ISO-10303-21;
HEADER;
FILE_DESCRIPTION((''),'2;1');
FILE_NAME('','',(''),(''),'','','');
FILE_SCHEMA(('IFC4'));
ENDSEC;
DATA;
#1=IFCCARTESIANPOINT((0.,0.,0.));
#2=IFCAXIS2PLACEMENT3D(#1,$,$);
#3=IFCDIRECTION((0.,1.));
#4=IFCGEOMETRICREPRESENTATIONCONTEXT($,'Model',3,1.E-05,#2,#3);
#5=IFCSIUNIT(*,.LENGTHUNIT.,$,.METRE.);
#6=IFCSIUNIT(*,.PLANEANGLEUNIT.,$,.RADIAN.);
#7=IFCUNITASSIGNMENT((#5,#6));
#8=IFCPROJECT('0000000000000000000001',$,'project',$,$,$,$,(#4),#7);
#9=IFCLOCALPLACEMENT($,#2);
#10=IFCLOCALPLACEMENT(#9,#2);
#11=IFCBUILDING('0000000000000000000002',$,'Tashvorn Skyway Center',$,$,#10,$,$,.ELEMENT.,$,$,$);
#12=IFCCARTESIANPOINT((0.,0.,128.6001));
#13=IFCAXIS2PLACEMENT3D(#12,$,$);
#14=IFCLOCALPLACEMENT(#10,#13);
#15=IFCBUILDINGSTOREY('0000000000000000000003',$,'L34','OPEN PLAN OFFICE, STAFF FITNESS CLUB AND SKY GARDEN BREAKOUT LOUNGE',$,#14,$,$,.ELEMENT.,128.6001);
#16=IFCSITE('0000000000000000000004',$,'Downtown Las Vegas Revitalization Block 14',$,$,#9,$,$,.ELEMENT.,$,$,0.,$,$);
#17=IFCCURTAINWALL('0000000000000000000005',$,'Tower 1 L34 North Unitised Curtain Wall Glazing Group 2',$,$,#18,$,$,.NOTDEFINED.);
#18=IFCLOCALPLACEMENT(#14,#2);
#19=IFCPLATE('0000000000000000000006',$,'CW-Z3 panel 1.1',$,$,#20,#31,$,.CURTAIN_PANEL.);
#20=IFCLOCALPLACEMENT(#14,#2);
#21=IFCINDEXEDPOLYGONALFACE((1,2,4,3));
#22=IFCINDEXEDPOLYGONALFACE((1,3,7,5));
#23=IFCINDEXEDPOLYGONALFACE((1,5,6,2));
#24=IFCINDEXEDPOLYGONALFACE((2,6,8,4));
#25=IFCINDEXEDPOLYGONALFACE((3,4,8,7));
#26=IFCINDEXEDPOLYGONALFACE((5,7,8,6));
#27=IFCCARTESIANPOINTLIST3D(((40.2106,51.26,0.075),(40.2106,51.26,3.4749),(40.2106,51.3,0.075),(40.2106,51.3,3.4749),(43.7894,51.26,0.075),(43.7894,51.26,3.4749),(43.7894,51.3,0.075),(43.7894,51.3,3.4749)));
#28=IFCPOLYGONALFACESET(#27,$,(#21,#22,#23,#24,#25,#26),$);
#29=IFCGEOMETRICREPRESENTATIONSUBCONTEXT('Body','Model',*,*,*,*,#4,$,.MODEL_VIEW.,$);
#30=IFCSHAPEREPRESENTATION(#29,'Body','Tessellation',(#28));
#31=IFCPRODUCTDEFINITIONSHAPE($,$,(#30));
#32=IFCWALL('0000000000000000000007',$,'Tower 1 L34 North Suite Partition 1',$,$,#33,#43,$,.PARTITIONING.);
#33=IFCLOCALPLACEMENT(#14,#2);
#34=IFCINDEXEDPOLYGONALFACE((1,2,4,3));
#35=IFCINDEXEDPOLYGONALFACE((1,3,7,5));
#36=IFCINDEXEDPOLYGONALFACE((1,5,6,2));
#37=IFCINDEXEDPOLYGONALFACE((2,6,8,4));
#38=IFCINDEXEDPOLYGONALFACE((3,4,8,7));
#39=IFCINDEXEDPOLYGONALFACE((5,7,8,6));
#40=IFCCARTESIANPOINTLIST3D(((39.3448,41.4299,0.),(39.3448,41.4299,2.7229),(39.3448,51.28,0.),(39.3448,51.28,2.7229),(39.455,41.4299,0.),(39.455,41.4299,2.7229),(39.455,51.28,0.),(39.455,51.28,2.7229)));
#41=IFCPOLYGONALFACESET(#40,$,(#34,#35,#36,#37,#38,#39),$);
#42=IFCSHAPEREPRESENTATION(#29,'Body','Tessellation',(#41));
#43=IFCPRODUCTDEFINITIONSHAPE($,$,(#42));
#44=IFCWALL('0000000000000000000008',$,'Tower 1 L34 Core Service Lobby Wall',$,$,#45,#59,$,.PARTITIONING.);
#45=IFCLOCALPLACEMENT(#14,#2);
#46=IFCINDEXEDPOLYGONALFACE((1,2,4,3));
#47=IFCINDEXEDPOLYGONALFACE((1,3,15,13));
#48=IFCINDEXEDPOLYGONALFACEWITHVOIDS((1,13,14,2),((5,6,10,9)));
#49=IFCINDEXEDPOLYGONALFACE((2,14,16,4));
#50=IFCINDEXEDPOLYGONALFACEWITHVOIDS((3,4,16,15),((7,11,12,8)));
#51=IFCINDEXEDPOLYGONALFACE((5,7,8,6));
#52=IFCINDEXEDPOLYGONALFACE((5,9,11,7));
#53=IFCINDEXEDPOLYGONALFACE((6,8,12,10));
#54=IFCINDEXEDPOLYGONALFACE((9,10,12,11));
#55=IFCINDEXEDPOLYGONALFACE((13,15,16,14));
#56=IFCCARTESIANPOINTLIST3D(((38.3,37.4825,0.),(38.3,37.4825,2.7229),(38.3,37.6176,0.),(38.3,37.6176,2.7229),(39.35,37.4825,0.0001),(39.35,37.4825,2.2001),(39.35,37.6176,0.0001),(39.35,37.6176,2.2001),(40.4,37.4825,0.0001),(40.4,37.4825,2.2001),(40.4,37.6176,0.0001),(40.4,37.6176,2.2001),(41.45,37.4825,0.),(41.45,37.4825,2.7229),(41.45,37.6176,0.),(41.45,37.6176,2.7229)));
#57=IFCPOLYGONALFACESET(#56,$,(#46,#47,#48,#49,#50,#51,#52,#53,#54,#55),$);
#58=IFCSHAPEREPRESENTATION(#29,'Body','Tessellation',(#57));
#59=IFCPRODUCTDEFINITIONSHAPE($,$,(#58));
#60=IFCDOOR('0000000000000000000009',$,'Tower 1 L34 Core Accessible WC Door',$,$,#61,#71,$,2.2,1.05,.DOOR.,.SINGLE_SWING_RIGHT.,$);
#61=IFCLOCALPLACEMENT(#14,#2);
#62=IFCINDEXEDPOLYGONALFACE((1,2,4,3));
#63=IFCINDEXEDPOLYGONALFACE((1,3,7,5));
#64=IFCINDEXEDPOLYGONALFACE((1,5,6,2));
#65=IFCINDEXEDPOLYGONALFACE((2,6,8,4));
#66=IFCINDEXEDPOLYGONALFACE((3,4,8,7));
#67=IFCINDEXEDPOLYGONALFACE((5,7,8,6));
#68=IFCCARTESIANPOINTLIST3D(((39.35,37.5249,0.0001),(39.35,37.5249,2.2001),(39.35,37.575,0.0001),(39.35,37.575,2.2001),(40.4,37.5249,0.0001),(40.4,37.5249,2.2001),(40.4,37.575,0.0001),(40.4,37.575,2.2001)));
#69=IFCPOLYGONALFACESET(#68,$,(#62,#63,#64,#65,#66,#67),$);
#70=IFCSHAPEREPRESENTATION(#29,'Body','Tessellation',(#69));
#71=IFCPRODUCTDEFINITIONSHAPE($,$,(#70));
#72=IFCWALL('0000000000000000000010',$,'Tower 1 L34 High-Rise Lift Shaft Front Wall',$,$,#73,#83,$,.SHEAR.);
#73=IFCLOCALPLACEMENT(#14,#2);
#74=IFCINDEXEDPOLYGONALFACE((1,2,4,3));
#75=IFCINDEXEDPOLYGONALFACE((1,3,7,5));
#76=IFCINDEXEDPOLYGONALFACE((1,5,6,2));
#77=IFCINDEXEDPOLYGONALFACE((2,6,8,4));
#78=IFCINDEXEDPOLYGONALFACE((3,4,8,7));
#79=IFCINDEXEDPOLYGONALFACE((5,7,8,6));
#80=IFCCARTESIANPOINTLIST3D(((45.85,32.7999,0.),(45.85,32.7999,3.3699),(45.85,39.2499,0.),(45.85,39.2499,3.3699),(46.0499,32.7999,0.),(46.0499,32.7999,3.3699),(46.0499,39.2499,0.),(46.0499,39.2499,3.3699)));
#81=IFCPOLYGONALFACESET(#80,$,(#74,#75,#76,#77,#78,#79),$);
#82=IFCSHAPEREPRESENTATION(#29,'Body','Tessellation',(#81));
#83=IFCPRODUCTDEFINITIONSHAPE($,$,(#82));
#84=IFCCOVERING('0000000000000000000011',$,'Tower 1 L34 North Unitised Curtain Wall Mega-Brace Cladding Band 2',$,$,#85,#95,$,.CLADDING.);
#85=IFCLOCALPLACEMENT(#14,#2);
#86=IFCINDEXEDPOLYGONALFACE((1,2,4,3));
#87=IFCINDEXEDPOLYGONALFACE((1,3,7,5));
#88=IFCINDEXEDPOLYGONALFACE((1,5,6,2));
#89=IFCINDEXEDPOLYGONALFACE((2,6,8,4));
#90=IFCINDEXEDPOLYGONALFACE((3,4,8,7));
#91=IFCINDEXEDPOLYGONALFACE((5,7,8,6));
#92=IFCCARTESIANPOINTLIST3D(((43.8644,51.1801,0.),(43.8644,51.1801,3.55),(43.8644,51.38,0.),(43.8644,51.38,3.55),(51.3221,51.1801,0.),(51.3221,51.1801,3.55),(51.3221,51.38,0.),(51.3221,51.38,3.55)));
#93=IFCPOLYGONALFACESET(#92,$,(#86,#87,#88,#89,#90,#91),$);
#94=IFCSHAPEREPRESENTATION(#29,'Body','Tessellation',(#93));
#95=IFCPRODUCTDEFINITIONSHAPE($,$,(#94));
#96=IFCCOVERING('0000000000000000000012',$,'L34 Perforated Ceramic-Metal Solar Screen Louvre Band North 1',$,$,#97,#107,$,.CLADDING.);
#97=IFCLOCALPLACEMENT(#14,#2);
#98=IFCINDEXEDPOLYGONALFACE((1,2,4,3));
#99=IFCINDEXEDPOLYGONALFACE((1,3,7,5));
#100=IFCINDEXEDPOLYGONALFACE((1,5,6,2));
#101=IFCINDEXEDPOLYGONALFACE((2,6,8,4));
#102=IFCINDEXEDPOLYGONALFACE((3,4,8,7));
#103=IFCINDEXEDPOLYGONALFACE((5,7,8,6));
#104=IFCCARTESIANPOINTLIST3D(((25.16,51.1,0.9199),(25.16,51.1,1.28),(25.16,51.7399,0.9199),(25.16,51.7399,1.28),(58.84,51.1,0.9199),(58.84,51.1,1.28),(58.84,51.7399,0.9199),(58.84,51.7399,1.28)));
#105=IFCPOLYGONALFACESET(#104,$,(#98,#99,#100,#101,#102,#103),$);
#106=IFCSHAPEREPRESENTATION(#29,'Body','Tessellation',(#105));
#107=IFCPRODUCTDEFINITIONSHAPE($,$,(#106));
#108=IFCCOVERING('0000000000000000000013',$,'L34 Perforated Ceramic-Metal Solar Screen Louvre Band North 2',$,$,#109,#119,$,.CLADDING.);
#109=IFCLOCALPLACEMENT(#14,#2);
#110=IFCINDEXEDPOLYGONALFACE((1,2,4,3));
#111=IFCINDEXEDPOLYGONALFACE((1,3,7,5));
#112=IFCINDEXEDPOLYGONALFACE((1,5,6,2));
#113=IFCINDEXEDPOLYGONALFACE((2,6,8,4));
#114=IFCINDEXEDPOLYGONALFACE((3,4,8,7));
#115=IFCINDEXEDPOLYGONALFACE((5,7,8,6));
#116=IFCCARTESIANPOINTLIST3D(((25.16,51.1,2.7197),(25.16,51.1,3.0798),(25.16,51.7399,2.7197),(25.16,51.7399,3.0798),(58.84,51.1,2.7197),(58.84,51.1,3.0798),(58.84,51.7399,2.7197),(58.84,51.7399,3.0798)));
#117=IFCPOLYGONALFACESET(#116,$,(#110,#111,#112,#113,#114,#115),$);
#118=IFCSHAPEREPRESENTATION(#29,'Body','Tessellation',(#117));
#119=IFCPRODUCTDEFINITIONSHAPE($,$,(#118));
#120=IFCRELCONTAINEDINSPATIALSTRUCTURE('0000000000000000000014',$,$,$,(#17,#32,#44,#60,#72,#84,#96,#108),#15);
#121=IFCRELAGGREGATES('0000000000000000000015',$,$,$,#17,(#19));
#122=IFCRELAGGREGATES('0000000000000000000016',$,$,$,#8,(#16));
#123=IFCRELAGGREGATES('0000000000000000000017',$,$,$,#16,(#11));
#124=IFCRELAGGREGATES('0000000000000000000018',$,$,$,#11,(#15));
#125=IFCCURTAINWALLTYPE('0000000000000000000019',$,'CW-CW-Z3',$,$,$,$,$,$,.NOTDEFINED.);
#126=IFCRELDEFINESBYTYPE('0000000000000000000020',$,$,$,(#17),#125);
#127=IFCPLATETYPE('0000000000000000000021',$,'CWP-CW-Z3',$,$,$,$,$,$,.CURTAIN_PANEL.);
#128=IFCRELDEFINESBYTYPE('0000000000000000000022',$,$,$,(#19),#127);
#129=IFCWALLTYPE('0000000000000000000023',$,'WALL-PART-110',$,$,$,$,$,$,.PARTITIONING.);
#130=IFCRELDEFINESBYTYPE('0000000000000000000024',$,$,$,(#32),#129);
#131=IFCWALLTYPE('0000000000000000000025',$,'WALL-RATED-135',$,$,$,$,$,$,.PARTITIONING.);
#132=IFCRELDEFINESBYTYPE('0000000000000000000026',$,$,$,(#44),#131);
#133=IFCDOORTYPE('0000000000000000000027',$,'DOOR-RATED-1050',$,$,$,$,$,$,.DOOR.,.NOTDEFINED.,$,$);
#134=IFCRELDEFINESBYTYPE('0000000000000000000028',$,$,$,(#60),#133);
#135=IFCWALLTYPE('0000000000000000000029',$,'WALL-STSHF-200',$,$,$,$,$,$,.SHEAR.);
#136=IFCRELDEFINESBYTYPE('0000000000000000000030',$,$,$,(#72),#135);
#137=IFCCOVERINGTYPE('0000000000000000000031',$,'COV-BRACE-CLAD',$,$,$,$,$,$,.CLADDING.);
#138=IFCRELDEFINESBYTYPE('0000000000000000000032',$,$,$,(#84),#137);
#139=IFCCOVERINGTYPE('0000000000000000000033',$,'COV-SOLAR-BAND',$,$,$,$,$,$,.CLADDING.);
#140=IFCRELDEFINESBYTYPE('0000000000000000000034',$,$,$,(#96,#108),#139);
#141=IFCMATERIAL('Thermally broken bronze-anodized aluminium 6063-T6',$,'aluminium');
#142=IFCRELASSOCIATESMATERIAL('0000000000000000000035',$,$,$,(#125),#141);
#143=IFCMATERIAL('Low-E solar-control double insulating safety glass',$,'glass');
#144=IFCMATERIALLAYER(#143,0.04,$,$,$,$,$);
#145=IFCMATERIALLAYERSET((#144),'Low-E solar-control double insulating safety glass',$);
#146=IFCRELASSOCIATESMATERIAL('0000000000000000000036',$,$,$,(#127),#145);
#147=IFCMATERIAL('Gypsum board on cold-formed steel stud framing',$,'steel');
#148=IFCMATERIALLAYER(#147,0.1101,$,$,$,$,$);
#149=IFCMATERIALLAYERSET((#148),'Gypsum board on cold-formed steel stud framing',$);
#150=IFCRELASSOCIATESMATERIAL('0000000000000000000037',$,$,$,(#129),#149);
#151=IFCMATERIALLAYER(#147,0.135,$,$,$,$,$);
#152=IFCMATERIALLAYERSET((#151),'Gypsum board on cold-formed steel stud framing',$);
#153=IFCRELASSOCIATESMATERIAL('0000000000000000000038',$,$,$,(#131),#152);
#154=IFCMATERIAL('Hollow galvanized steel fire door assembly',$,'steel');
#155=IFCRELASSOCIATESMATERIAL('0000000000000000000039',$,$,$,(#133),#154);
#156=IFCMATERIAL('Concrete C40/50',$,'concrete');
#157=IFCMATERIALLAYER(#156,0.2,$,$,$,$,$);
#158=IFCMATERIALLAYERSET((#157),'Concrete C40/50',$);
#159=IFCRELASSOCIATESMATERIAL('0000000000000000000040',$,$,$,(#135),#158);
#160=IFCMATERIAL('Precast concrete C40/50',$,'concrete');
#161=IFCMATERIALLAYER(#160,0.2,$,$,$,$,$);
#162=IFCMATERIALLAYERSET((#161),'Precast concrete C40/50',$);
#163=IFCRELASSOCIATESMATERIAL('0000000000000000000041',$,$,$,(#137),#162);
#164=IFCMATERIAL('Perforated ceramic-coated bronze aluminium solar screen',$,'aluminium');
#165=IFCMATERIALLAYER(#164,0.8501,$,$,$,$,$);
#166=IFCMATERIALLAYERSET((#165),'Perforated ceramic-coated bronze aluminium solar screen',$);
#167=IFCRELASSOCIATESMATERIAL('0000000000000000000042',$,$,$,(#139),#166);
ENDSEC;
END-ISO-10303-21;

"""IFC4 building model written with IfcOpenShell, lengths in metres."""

from ifc_helpers import new_model, si_unit, direction, frame, frame_2d, origin, origin_2d, place, context, subcontext, project, spatial, rectangle, extrude, material, layer, layer_set, type_object, element, fill, aggregate, save


model = new_model("IFC4")

# Units and contexts
model_context = context("Model", 3, precision=1e-05, world=origin(), true_north=direction((0.0, 1.0)))
body_context = subcontext(model_context, "Body", "Model", "MODEL_VIEW")
ifc_project = project(units=[si_unit("LENGTHUNIT", "METRE"), si_unit("PLANEANGLEUNIT", "RADIAN")], contexts=[model_context])

# Site, building, storey
site_placement = place(None, origin())
site = spatial("IfcSite", under=ifc_project, at=site_placement, Name="Downtown Las Vegas Revitalization Block 14", CompositionType="ELEMENT", RefElevation=0.0)
building_placement = place(site_placement, origin())
building = spatial("IfcBuilding", under=site, at=building_placement, Name="Tashvorn Skyway Center", CompositionType="ELEMENT")
storey_placement = place(building_placement, frame((0.0, 0.0, 128.6001)))
storey = spatial("IfcBuildingStorey", under=building, at=storey_placement, Name="L34", Description="OPEN PLAN OFFICE, STAFF FITNESS CLUB AND SKY GARDEN BREAKOUT LOUNGE", CompositionType="ELEMENT", Elevation=128.6001)

# Curtain wall, plate
ifc_material_1 = material(Name="Thermally broken bronze-anodized aluminium 6063-T6", Category="aluminium")
curtain_wall_type = type_object("IfcCurtainWallType", Name="CW-CW-Z3", PredefinedType="NOTDEFINED", material=ifc_material_1)
curtain_wall_placement = place(storey_placement, origin())
curtain_wall = element("IfcCurtainWall", 1, at=curtain_wall_placement, inside=storey, type_object=curtain_wall_type, Name="Tower 1 L34 North Unitised Curtain Wall Glazing Group 2", PredefinedType="NOTDEFINED")
ifc_material_2 = material(Name="Low-E solar-control double insulating safety glass", Category="glass")
ifc_layer_1 = layer(ifc_material_2, 0.04)
ifc_layer_set_1 = layer_set([ifc_layer_1], Name="Low-E solar-control double insulating safety glass")
plate_type = type_object("IfcPlateType", Name="CWP-CW-Z3", PredefinedType="CURTAIN_PANEL", material=ifc_layer_set_1)
plate_placement = place(storey_placement, frame((42.0, 51.28, 0.075), z_axis=(0.0, 0.0, 1.0), x_axis=(1.0, 0.0, 0.0)))
plate = element("IfcPlate", 2, at=plate_placement, type_object=plate_type, Name="CW-Z3 panel 1.1", PredefinedType="CURTAIN_PANEL", context=body_context, shape_type="SweptSolid", body=[
    extrude(rectangle(XDim=3.5789, YDim=0.04, at=origin_2d()), origin(), (0.0, 0.0, 1.0), 3.3999),
])
aggregate(curtain_wall, [plate])

# Wall
ifc_material_3 = material(Name="Gypsum board on cold-formed steel stud framing", Category="steel")
ifc_layer_2 = layer(ifc_material_3, 0.1101)
ifc_layer_set_2 = layer_set([ifc_layer_2], Name="Gypsum board on cold-formed steel stud framing")
wall_type_1 = type_object("IfcWallType", Name="WALL-PART-110", PredefinedType="PARTITIONING", material=ifc_layer_set_2)
wall_1_placement = place(storey_placement, frame((39.3999, 41.4299, 0.0), z_axis=(0.0, 0.0, 1.0), x_axis=(0.0, 1.0, 0.0)))
element("IfcWall", 3, at=wall_1_placement, inside=storey, type_object=wall_type_1, Name="Tower 1 L34 North Suite Partition 1", PredefinedType="PARTITIONING", context=body_context, shape_type="SweptSolid", body=[
    extrude(rectangle(XDim=9.8501, YDim=0.1101, at=frame_2d((4.925, 0.0))), origin(), (0.0, 0.0, 1.0), 2.7229),
])

# Wall, opening, door
ifc_layer_3 = layer(ifc_material_3, 0.135)
ifc_layer_set_3 = layer_set([ifc_layer_3], Name="Gypsum board on cold-formed steel stud framing")
wall_type_2 = type_object("IfcWallType", Name="WALL-RATED-135", PredefinedType="PARTITIONING", material=ifc_layer_set_3)
wall_2_placement = place(storey_placement, frame((38.3, 37.55, 0.0), z_axis=(0.0, 0.0, 1.0), x_axis=(1.0, 0.0, 0.0)))
wall_2 = element("IfcWall", 4, at=wall_2_placement, inside=storey, type_object=wall_type_2, Name="Tower 1 L34 Core Service Lobby Wall", PredefinedType="PARTITIONING", context=body_context, shape_type="SweptSolid", body=[
    extrude(rectangle(XDim=3.1499, YDim=0.135, at=frame_2d((1.575, 0.0))), origin(), (0.0, 0.0, 1.0), 2.7229),
])
opening_placement = place(wall_2_placement, frame((1.05, 0.0, 0.0)))
opening = element("IfcOpeningElement", 5, at=opening_placement, cuts=wall_2, PredefinedType="OPENING", context=body_context, shape_type="SweptSolid", body=[
    extrude(rectangle(XDim=1.05, YDim=2.2, at=frame_2d((0.5249, 1.1001))), frame((0.0, 0.0774, 0.0), z_axis=(0.0, -1.0, 0.0), x_axis=(1.0, 0.0, 0.0)), (0.0, 0.0, 1.0), 0.155),
])
ifc_material_4 = material(Name="Hollow galvanized steel fire door assembly", Category="steel")
door_type = type_object("IfcDoorType", Name="DOOR-RATED-1050", OperationType="NOTDEFINED", PredefinedType="DOOR", material=ifc_material_4)
door_placement = place(opening_placement, origin())
door = element("IfcDoor", 6, at=door_placement, inside=storey, type_object=door_type, Name="Tower 1 L34 Core Accessible WC Door", OperationType="SINGLE_SWING_RIGHT", OverallHeight=2.2, OverallWidth=1.05, PredefinedType="DOOR", context=body_context, shape_type="SweptSolid", body=[
    extrude(rectangle(XDim=1.05, YDim=2.2, at=frame_2d((0.5249, 1.1001))), frame((0.0, 0.0249, 0.0), z_axis=(0.0, -1.0, 0.0), x_axis=(1.0, 0.0, 0.0)), (0.0, 0.0, 1.0), 0.05),
])
fill(opening, door)

# Wall
ifc_material_5 = material(Name="Concrete C40/50", Category="concrete")
ifc_layer_4 = layer(ifc_material_5, 0.2)
ifc_layer_set_4 = layer_set([ifc_layer_4], Name="Concrete C40/50")
wall_type_3 = type_object("IfcWallType", Name="WALL-STSHF-200", PredefinedType="SHEAR", material=ifc_layer_set_4)
wall_3_placement = place(storey_placement, frame((45.95, 39.25, 0.0), z_axis=(0.0, 0.0, 1.0), x_axis=(0.0, -1.0, 0.0)))
element("IfcWall", 7, at=wall_3_placement, inside=storey, type_object=wall_type_3, Name="Tower 1 L34 High-Rise Lift Shaft Front Wall", PredefinedType="SHEAR", context=body_context, shape_type="SweptSolid", body=[
    extrude(rectangle(XDim=6.45, YDim=0.2, at=frame_2d((3.2251, 0.0))), origin(), (0.0, 0.0, 1.0), 3.3699),
])

# Coverings
ifc_material_6 = material(Name="Precast concrete C40/50", Category="concrete")
ifc_layer_5 = layer(ifc_material_6, 0.2)
ifc_layer_set_5 = layer_set([ifc_layer_5], Name="Precast concrete C40/50")
covering_type_1 = type_object("IfcCoveringType", Name="COV-BRACE-CLAD", PredefinedType="CLADDING", material=ifc_layer_set_5)
covering_placement = place(storey_placement, frame((47.5933, 51.28, 0.0), z_axis=(0.0, 0.0, 1.0), x_axis=(1.0, 0.0, 0.0)))
element("IfcCovering", 8, at=covering_placement, inside=storey, type_object=covering_type_1, Name="Tower 1 L34 North Unitised Curtain Wall Mega-Brace Cladding Band 2", PredefinedType="CLADDING", context=body_context, shape_type="SweptSolid", body=[
    extrude(rectangle(XDim=7.4578, YDim=0.2, at=origin_2d()), origin(), (0.0, 0.0, 1.0), 3.55),
])
ifc_material_7 = material(Name="Perforated ceramic-coated bronze aluminium solar screen", Category="aluminium")
ifc_layer_6 = layer(ifc_material_7, 0.8501)
ifc_layer_set_6 = layer_set([ifc_layer_6], Name="Perforated ceramic-coated bronze aluminium solar screen")
covering_type_2 = type_object("IfcCoveringType", Name="COV-SOLAR-BAND", PredefinedType="CLADDING", material=ifc_layer_set_6)
for number, where, z_axis, x_axis, name in (
    (9, (42.0, 51.4199, 0.9199), (0.0, 0.0, 1.0), (1.0, 0.0, 0.0), "L34 Perforated Ceramic-Metal Solar Screen Louvre Band North 1"),
    (10, (42.0, 51.4199, 2.7197), (0.0, 0.0, 1.0), (1.0, 0.0, 0.0), "L34 Perforated Ceramic-Metal Solar Screen Louvre Band North 2"),
):
    element("IfcCovering", number, at=place(storey_placement, frame(where, z_axis=z_axis, x_axis=x_axis)), inside=storey, type_object=covering_type_2, Name=name, PredefinedType="CLADDING", context=body_context, shape_type="SweptSolid", body=[
        extrude(rectangle(XDim=33.6799, YDim=0.6399, at=origin_2d()), origin(), (0.0, 0.0, 1.0), 0.3601),
    ])

save(model, "model.ifc")
